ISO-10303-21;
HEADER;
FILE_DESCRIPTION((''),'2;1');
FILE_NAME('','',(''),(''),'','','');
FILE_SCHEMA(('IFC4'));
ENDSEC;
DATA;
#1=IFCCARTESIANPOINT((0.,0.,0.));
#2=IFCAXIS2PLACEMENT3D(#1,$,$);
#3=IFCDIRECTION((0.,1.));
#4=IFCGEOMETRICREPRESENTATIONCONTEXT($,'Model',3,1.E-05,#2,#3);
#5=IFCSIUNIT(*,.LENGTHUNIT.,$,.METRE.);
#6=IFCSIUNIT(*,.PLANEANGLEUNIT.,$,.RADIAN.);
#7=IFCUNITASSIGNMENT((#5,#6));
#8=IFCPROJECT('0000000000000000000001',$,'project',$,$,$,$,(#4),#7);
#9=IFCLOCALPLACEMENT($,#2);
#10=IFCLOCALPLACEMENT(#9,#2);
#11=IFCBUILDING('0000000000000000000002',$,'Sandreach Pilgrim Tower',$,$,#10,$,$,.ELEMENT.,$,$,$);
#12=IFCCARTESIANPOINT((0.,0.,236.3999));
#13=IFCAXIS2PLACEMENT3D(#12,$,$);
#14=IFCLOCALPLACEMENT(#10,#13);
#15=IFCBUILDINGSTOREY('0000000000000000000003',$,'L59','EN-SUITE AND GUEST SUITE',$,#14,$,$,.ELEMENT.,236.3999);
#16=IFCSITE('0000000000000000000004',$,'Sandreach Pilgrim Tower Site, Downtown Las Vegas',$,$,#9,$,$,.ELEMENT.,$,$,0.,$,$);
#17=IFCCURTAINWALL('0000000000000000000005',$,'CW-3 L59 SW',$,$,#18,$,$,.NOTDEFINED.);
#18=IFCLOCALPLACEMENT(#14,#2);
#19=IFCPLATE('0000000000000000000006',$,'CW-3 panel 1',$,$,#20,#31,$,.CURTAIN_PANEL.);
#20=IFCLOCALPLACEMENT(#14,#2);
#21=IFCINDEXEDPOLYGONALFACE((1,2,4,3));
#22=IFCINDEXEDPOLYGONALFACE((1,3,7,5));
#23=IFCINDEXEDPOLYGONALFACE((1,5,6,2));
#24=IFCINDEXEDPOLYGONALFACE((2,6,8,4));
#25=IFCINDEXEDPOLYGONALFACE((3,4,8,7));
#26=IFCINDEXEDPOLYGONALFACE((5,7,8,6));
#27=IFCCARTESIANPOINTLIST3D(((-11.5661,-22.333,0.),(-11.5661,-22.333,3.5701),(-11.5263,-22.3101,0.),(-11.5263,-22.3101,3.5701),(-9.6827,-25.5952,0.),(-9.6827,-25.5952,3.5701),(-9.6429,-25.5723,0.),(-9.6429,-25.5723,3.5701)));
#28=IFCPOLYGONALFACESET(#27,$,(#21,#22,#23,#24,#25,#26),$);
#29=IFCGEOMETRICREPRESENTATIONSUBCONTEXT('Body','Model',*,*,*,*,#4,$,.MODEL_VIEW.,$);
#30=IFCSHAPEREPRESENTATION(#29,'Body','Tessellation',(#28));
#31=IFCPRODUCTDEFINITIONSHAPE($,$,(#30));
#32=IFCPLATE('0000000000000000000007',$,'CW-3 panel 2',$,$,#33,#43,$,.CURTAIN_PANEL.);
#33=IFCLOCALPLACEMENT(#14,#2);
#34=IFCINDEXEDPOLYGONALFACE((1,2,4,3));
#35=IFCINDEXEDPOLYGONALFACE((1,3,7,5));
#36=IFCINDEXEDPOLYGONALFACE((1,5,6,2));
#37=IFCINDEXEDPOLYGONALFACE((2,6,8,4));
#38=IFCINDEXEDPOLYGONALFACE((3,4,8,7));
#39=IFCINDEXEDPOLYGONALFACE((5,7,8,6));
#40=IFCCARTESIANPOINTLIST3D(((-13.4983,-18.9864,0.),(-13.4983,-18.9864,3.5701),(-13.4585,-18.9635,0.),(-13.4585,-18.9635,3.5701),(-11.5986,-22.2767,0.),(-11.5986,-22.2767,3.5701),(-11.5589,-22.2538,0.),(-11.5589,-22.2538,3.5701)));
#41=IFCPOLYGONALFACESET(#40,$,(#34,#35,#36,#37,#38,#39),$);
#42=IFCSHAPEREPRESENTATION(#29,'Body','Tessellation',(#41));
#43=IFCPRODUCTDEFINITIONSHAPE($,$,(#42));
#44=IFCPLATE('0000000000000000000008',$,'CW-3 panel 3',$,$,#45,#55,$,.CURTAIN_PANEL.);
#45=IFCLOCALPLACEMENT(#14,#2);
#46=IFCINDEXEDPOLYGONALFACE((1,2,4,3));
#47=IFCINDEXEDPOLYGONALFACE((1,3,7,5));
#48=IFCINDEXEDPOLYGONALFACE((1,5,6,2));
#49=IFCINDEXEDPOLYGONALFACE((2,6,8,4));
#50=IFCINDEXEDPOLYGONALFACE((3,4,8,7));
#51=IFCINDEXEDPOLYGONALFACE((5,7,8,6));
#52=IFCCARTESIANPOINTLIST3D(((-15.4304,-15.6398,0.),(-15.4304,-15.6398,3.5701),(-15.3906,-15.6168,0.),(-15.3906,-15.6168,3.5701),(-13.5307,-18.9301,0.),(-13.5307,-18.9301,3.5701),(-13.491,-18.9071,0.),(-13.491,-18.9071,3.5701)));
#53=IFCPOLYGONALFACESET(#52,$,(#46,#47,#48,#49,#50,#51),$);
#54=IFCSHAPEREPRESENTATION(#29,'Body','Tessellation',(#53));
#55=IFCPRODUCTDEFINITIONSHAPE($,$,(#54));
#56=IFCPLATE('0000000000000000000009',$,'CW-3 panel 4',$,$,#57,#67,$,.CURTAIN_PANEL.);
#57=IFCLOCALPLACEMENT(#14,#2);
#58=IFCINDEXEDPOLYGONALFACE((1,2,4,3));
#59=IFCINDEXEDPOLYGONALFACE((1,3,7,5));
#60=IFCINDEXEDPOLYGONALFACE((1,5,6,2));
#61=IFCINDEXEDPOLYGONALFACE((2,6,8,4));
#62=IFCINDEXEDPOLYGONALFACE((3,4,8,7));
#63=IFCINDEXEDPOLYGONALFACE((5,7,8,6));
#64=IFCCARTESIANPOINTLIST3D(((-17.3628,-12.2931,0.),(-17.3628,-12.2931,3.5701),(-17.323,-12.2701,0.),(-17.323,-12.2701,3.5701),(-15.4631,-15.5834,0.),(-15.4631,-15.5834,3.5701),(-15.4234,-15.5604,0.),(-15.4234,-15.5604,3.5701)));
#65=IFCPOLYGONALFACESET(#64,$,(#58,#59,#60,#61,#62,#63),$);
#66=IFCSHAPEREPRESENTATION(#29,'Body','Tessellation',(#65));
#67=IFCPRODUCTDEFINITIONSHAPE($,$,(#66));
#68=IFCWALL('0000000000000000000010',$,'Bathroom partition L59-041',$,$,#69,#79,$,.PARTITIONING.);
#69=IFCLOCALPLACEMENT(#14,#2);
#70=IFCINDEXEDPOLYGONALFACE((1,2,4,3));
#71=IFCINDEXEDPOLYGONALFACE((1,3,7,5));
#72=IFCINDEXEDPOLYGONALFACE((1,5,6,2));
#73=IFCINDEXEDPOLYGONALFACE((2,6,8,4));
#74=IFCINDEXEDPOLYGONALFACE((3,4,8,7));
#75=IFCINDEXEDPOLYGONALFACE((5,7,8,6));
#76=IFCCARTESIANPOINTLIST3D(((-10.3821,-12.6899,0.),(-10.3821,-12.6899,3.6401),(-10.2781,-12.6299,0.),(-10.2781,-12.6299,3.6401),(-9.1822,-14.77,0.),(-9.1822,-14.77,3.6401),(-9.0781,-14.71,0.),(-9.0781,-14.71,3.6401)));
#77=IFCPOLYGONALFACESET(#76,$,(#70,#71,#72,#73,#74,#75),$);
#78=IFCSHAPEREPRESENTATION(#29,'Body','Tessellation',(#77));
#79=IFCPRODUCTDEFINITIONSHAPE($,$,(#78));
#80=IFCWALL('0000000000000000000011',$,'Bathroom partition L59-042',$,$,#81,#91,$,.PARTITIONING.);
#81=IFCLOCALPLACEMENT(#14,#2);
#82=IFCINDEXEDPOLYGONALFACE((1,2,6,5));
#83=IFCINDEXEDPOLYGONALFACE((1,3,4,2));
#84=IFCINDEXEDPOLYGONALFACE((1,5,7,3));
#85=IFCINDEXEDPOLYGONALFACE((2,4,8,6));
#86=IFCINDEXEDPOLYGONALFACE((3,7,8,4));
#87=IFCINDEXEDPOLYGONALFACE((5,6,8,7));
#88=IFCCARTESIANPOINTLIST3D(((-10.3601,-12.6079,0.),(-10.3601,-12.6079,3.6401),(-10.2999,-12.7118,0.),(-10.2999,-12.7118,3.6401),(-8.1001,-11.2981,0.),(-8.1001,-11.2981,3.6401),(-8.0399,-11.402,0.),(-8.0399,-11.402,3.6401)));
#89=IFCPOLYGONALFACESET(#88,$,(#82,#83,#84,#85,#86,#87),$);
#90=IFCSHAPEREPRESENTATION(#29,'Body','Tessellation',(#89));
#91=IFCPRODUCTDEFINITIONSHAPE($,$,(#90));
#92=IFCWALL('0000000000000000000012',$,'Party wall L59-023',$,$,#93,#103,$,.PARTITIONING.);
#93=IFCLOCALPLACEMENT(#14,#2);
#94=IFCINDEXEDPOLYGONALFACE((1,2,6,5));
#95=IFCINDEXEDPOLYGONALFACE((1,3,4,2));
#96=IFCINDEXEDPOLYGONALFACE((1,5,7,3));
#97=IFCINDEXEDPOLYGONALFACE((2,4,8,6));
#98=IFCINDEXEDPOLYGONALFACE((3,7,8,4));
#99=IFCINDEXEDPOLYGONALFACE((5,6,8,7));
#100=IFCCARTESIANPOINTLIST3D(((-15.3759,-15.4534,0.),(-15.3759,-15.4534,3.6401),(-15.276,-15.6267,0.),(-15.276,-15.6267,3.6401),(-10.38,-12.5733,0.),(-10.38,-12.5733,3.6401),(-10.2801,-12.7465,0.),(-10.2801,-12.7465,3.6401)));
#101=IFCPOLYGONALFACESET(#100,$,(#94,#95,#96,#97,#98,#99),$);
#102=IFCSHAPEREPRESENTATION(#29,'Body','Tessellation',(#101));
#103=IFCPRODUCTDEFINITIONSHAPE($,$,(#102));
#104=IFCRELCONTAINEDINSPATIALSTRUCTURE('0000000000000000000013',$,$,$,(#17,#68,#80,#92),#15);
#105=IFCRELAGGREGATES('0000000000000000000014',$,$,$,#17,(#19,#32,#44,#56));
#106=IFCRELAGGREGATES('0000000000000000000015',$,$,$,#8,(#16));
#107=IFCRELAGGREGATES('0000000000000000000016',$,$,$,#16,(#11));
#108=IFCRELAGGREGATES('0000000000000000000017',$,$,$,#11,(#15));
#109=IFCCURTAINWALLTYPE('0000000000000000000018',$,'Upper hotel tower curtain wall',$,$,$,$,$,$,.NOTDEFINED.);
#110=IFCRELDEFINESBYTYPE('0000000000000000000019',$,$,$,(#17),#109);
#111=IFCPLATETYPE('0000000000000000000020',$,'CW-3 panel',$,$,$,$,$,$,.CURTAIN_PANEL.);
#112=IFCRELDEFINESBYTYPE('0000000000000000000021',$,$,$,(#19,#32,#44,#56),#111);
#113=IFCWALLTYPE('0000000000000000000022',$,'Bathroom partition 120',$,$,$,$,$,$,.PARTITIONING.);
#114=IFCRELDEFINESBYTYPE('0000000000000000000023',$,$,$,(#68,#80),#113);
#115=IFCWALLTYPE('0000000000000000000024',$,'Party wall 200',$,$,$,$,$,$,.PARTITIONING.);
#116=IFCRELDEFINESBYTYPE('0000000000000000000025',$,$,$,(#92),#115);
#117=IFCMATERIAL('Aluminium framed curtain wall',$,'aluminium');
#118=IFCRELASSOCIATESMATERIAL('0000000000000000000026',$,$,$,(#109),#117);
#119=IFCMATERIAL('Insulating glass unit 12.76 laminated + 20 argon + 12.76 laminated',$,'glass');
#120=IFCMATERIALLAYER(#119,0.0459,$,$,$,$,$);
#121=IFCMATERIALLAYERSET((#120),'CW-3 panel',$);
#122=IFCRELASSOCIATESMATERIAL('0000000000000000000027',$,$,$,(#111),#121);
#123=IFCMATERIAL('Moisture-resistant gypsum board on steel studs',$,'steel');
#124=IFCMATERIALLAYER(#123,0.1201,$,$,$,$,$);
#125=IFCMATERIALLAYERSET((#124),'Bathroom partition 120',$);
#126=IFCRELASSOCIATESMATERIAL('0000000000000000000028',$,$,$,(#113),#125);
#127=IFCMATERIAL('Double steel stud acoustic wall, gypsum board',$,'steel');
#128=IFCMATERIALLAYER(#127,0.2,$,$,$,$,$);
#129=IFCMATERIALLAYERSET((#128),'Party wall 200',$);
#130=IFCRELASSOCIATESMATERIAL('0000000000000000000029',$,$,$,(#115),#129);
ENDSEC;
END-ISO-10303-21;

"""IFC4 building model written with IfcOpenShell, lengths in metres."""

from ifc_helpers import new_model, si_unit, direction, frame, frame_2d, origin, origin_2d, place, context, subcontext, project, spatial, rectangle, extrude, material, layer, layer_set, type_object, element, aggregate, save


model = new_model("IFC4")

# Units and contexts
model_context = context("Model", 3, precision=1e-05, world=origin(), true_north=direction((0.0, 1.0)))
body_context = subcontext(model_context, "Body", "Model", "MODEL_VIEW")
ifc_project = project(units=[si_unit("LENGTHUNIT", "METRE"), si_unit("PLANEANGLEUNIT", "RADIAN")], contexts=[model_context])

# Site, building, storey
site_placement = place(None, origin())
site = spatial("IfcSite", under=ifc_project, at=site_placement, Name="Sandreach Pilgrim Tower Site, Downtown Las Vegas", CompositionType="ELEMENT", RefElevation=0.0)
building_placement = place(site_placement, origin())
building = spatial("IfcBuilding", under=site, at=building_placement, Name="Sandreach Pilgrim Tower", CompositionType="ELEMENT")
storey_placement = place(building_placement, frame((0.0, 0.0, 236.3999)))
storey = spatial("IfcBuildingStorey", under=building, at=storey_placement, Name="L59", Description="EN-SUITE AND GUEST SUITE", CompositionType="ELEMENT", Elevation=236.3999)

# Curtain wall
ifc_material_1 = material(Name="Aluminium framed curtain wall", Category="aluminium")
curtain_wall_type = type_object("IfcCurtainWallType", Name="Upper hotel tower curtain wall", PredefinedType="NOTDEFINED", material=ifc_material_1)
curtain_wall_placement = place(storey_placement, origin())
curtain_wall = element("IfcCurtainWall", 1, at=curtain_wall_placement, inside=storey, type_object=curtain_wall_type, Name="CW-3 L59 SW", PredefinedType="NOTDEFINED")

# Plates
ifc_material_2 = material(Name="Insulating glass unit 12.76 laminated + 20 argon + 12.76 laminated", Category="glass")
ifc_layer_1 = layer(ifc_material_2, 0.0459)
ifc_layer_set_1 = layer_set([ifc_layer_1], Name="CW-3 panel")
plate_type = type_object("IfcPlateType", Name="CW-3 panel", PredefinedType="CURTAIN_PANEL", material=ifc_layer_set_1)
plate_1_placement = place(storey_placement, frame((-10.6045, -23.9526, 0.0), z_axis=(0.0, 0.0, 1.0), x_axis=(-0.5, 0.866025, 0.0)))
plate_1 = element("IfcPlate", 2, at=plate_1_placement, type_object=plate_type, Name="CW-3 panel 1", PredefinedType="CURTAIN_PANEL", context=body_context, shape_type="SweptSolid", body=[
    extrude(rectangle(XDim=3.7668, YDim=0.0459, at=origin_2d()), origin(), (0.0, 0.0, 1.0), 3.5701),
])
plate_2_placement = place(storey_placement, frame((-12.5286, -20.6201, 0.0), z_axis=(0.0, 0.0, 1.0), x_axis=(-0.5, 0.866025, 0.0)))
plate_2 = element("IfcPlate", 3, at=plate_2_placement, type_object=plate_type, Name="CW-3 panel 2", PredefinedType="CURTAIN_PANEL", context=body_context, shape_type="SweptSolid", body=[
    extrude(rectangle(XDim=3.7993, YDim=0.0459, at=origin_2d()), origin(), (0.0, 0.0, 1.0), 3.5701),
])
plate_3_placement = place(storey_placement, frame((-14.4607, -17.2734, 0.0), z_axis=(0.0, 0.0, 1.0), x_axis=(-0.5, 0.866025, 0.0)))
plate_3 = element("IfcPlate", 4, at=plate_3_placement, type_object=plate_type, Name="CW-3 panel 3", PredefinedType="CURTAIN_PANEL", context=body_context, shape_type="SweptSolid", body=[
    extrude(rectangle(XDim=3.7993, YDim=0.0459, at=origin_2d()), origin(), (0.0, 0.0, 1.0), 3.5701),
])
plate_4_placement = place(storey_placement, frame((-16.3931, -13.9268, 0.0), z_axis=(0.0, 0.0, 1.0), x_axis=(-0.5, 0.866025, 0.0)))
plate_4 = element("IfcPlate", 5, at=plate_4_placement, type_object=plate_type, Name="CW-3 panel 4", PredefinedType="CURTAIN_PANEL", context=body_context, shape_type="SweptSolid", body=[
    extrude(rectangle(XDim=3.7993, YDim=0.0459, at=origin_2d()), origin(), (0.0, 0.0, 1.0), 3.5701),
])
aggregate(curtain_wall, [plate_1, plate_2, plate_3, plate_4])

# Walls
ifc_material_3 = material(Name="Moisture-resistant gypsum board on steel studs", Category="steel")
ifc_layer_2 = layer(ifc_material_3, 0.1201)
ifc_layer_set_2 = layer_set([ifc_layer_2], Name="Bathroom partition 120")
wall_type_1 = type_object("IfcWallType", Name="Bathroom partition 120", PredefinedType="PARTITIONING", material=ifc_layer_set_2)
wall_1_placement = place(storey_placement, frame((-10.3301, -12.6599, 0.0), z_axis=(0.0, 0.0, 1.0), x_axis=(0.499693, -0.866203, 0.0)))
element("IfcWall", 6, at=wall_1_placement, inside=storey, type_object=wall_type_1, Name="Bathroom partition L59-041", PredefinedType="PARTITIONING", context=body_context, shape_type="SweptSolid", body=[
    extrude(rectangle(XDim=2.4014, YDim=0.1201, at=frame_2d((1.2007, 0.0))), origin(), (0.0, 0.0, 1.0), 3.6401),
])
wall_2_placement = place(storey_placement, frame((-10.3301, -12.6599, 0.0), z_axis=(0.0, 0.0, 1.0), x_axis=(0.865196, 0.501434, 0.0)))
element("IfcWall", 7, at=wall_2_placement, inside=storey, type_object=wall_type_1, Name="Bathroom partition L59-042", PredefinedType="PARTITIONING", context=body_context, shape_type="SweptSolid", body=[
    extrude(rectangle(XDim=2.6121, YDim=0.1201, at=frame_2d((1.3062, 0.0))), origin(), (0.0, 0.0, 1.0), 3.6401),
])
ifc_material_4 = material(Name="Double steel stud acoustic wall, gypsum board", Category="steel")
ifc_layer_3 = layer(ifc_material_4, 0.2)
ifc_layer_set_3 = layer_set([ifc_layer_3], Name="Party wall 200")
wall_type_2 = type_object("IfcWallType", Name="Party wall 200", PredefinedType="PARTITIONING", material=ifc_layer_set_3)
wall_3_placement = place(storey_placement, frame((-15.3259, -15.54, 0.0), z_axis=(0.0, 0.0, 1.0), x_axis=(0.866343, 0.49945, 0.0)))
element("IfcWall", 8, at=wall_3_placement, inside=storey, type_object=wall_type_2, Name="Party wall L59-023", PredefinedType="PARTITIONING", context=body_context, shape_type="SweptSolid", body=[
    extrude(rectangle(XDim=5.7666, YDim=0.2, at=frame_2d((2.8833, 0.0))), origin(), (0.0, 0.0, 1.0), 3.6401),
])

save(model, "model.ifc")
